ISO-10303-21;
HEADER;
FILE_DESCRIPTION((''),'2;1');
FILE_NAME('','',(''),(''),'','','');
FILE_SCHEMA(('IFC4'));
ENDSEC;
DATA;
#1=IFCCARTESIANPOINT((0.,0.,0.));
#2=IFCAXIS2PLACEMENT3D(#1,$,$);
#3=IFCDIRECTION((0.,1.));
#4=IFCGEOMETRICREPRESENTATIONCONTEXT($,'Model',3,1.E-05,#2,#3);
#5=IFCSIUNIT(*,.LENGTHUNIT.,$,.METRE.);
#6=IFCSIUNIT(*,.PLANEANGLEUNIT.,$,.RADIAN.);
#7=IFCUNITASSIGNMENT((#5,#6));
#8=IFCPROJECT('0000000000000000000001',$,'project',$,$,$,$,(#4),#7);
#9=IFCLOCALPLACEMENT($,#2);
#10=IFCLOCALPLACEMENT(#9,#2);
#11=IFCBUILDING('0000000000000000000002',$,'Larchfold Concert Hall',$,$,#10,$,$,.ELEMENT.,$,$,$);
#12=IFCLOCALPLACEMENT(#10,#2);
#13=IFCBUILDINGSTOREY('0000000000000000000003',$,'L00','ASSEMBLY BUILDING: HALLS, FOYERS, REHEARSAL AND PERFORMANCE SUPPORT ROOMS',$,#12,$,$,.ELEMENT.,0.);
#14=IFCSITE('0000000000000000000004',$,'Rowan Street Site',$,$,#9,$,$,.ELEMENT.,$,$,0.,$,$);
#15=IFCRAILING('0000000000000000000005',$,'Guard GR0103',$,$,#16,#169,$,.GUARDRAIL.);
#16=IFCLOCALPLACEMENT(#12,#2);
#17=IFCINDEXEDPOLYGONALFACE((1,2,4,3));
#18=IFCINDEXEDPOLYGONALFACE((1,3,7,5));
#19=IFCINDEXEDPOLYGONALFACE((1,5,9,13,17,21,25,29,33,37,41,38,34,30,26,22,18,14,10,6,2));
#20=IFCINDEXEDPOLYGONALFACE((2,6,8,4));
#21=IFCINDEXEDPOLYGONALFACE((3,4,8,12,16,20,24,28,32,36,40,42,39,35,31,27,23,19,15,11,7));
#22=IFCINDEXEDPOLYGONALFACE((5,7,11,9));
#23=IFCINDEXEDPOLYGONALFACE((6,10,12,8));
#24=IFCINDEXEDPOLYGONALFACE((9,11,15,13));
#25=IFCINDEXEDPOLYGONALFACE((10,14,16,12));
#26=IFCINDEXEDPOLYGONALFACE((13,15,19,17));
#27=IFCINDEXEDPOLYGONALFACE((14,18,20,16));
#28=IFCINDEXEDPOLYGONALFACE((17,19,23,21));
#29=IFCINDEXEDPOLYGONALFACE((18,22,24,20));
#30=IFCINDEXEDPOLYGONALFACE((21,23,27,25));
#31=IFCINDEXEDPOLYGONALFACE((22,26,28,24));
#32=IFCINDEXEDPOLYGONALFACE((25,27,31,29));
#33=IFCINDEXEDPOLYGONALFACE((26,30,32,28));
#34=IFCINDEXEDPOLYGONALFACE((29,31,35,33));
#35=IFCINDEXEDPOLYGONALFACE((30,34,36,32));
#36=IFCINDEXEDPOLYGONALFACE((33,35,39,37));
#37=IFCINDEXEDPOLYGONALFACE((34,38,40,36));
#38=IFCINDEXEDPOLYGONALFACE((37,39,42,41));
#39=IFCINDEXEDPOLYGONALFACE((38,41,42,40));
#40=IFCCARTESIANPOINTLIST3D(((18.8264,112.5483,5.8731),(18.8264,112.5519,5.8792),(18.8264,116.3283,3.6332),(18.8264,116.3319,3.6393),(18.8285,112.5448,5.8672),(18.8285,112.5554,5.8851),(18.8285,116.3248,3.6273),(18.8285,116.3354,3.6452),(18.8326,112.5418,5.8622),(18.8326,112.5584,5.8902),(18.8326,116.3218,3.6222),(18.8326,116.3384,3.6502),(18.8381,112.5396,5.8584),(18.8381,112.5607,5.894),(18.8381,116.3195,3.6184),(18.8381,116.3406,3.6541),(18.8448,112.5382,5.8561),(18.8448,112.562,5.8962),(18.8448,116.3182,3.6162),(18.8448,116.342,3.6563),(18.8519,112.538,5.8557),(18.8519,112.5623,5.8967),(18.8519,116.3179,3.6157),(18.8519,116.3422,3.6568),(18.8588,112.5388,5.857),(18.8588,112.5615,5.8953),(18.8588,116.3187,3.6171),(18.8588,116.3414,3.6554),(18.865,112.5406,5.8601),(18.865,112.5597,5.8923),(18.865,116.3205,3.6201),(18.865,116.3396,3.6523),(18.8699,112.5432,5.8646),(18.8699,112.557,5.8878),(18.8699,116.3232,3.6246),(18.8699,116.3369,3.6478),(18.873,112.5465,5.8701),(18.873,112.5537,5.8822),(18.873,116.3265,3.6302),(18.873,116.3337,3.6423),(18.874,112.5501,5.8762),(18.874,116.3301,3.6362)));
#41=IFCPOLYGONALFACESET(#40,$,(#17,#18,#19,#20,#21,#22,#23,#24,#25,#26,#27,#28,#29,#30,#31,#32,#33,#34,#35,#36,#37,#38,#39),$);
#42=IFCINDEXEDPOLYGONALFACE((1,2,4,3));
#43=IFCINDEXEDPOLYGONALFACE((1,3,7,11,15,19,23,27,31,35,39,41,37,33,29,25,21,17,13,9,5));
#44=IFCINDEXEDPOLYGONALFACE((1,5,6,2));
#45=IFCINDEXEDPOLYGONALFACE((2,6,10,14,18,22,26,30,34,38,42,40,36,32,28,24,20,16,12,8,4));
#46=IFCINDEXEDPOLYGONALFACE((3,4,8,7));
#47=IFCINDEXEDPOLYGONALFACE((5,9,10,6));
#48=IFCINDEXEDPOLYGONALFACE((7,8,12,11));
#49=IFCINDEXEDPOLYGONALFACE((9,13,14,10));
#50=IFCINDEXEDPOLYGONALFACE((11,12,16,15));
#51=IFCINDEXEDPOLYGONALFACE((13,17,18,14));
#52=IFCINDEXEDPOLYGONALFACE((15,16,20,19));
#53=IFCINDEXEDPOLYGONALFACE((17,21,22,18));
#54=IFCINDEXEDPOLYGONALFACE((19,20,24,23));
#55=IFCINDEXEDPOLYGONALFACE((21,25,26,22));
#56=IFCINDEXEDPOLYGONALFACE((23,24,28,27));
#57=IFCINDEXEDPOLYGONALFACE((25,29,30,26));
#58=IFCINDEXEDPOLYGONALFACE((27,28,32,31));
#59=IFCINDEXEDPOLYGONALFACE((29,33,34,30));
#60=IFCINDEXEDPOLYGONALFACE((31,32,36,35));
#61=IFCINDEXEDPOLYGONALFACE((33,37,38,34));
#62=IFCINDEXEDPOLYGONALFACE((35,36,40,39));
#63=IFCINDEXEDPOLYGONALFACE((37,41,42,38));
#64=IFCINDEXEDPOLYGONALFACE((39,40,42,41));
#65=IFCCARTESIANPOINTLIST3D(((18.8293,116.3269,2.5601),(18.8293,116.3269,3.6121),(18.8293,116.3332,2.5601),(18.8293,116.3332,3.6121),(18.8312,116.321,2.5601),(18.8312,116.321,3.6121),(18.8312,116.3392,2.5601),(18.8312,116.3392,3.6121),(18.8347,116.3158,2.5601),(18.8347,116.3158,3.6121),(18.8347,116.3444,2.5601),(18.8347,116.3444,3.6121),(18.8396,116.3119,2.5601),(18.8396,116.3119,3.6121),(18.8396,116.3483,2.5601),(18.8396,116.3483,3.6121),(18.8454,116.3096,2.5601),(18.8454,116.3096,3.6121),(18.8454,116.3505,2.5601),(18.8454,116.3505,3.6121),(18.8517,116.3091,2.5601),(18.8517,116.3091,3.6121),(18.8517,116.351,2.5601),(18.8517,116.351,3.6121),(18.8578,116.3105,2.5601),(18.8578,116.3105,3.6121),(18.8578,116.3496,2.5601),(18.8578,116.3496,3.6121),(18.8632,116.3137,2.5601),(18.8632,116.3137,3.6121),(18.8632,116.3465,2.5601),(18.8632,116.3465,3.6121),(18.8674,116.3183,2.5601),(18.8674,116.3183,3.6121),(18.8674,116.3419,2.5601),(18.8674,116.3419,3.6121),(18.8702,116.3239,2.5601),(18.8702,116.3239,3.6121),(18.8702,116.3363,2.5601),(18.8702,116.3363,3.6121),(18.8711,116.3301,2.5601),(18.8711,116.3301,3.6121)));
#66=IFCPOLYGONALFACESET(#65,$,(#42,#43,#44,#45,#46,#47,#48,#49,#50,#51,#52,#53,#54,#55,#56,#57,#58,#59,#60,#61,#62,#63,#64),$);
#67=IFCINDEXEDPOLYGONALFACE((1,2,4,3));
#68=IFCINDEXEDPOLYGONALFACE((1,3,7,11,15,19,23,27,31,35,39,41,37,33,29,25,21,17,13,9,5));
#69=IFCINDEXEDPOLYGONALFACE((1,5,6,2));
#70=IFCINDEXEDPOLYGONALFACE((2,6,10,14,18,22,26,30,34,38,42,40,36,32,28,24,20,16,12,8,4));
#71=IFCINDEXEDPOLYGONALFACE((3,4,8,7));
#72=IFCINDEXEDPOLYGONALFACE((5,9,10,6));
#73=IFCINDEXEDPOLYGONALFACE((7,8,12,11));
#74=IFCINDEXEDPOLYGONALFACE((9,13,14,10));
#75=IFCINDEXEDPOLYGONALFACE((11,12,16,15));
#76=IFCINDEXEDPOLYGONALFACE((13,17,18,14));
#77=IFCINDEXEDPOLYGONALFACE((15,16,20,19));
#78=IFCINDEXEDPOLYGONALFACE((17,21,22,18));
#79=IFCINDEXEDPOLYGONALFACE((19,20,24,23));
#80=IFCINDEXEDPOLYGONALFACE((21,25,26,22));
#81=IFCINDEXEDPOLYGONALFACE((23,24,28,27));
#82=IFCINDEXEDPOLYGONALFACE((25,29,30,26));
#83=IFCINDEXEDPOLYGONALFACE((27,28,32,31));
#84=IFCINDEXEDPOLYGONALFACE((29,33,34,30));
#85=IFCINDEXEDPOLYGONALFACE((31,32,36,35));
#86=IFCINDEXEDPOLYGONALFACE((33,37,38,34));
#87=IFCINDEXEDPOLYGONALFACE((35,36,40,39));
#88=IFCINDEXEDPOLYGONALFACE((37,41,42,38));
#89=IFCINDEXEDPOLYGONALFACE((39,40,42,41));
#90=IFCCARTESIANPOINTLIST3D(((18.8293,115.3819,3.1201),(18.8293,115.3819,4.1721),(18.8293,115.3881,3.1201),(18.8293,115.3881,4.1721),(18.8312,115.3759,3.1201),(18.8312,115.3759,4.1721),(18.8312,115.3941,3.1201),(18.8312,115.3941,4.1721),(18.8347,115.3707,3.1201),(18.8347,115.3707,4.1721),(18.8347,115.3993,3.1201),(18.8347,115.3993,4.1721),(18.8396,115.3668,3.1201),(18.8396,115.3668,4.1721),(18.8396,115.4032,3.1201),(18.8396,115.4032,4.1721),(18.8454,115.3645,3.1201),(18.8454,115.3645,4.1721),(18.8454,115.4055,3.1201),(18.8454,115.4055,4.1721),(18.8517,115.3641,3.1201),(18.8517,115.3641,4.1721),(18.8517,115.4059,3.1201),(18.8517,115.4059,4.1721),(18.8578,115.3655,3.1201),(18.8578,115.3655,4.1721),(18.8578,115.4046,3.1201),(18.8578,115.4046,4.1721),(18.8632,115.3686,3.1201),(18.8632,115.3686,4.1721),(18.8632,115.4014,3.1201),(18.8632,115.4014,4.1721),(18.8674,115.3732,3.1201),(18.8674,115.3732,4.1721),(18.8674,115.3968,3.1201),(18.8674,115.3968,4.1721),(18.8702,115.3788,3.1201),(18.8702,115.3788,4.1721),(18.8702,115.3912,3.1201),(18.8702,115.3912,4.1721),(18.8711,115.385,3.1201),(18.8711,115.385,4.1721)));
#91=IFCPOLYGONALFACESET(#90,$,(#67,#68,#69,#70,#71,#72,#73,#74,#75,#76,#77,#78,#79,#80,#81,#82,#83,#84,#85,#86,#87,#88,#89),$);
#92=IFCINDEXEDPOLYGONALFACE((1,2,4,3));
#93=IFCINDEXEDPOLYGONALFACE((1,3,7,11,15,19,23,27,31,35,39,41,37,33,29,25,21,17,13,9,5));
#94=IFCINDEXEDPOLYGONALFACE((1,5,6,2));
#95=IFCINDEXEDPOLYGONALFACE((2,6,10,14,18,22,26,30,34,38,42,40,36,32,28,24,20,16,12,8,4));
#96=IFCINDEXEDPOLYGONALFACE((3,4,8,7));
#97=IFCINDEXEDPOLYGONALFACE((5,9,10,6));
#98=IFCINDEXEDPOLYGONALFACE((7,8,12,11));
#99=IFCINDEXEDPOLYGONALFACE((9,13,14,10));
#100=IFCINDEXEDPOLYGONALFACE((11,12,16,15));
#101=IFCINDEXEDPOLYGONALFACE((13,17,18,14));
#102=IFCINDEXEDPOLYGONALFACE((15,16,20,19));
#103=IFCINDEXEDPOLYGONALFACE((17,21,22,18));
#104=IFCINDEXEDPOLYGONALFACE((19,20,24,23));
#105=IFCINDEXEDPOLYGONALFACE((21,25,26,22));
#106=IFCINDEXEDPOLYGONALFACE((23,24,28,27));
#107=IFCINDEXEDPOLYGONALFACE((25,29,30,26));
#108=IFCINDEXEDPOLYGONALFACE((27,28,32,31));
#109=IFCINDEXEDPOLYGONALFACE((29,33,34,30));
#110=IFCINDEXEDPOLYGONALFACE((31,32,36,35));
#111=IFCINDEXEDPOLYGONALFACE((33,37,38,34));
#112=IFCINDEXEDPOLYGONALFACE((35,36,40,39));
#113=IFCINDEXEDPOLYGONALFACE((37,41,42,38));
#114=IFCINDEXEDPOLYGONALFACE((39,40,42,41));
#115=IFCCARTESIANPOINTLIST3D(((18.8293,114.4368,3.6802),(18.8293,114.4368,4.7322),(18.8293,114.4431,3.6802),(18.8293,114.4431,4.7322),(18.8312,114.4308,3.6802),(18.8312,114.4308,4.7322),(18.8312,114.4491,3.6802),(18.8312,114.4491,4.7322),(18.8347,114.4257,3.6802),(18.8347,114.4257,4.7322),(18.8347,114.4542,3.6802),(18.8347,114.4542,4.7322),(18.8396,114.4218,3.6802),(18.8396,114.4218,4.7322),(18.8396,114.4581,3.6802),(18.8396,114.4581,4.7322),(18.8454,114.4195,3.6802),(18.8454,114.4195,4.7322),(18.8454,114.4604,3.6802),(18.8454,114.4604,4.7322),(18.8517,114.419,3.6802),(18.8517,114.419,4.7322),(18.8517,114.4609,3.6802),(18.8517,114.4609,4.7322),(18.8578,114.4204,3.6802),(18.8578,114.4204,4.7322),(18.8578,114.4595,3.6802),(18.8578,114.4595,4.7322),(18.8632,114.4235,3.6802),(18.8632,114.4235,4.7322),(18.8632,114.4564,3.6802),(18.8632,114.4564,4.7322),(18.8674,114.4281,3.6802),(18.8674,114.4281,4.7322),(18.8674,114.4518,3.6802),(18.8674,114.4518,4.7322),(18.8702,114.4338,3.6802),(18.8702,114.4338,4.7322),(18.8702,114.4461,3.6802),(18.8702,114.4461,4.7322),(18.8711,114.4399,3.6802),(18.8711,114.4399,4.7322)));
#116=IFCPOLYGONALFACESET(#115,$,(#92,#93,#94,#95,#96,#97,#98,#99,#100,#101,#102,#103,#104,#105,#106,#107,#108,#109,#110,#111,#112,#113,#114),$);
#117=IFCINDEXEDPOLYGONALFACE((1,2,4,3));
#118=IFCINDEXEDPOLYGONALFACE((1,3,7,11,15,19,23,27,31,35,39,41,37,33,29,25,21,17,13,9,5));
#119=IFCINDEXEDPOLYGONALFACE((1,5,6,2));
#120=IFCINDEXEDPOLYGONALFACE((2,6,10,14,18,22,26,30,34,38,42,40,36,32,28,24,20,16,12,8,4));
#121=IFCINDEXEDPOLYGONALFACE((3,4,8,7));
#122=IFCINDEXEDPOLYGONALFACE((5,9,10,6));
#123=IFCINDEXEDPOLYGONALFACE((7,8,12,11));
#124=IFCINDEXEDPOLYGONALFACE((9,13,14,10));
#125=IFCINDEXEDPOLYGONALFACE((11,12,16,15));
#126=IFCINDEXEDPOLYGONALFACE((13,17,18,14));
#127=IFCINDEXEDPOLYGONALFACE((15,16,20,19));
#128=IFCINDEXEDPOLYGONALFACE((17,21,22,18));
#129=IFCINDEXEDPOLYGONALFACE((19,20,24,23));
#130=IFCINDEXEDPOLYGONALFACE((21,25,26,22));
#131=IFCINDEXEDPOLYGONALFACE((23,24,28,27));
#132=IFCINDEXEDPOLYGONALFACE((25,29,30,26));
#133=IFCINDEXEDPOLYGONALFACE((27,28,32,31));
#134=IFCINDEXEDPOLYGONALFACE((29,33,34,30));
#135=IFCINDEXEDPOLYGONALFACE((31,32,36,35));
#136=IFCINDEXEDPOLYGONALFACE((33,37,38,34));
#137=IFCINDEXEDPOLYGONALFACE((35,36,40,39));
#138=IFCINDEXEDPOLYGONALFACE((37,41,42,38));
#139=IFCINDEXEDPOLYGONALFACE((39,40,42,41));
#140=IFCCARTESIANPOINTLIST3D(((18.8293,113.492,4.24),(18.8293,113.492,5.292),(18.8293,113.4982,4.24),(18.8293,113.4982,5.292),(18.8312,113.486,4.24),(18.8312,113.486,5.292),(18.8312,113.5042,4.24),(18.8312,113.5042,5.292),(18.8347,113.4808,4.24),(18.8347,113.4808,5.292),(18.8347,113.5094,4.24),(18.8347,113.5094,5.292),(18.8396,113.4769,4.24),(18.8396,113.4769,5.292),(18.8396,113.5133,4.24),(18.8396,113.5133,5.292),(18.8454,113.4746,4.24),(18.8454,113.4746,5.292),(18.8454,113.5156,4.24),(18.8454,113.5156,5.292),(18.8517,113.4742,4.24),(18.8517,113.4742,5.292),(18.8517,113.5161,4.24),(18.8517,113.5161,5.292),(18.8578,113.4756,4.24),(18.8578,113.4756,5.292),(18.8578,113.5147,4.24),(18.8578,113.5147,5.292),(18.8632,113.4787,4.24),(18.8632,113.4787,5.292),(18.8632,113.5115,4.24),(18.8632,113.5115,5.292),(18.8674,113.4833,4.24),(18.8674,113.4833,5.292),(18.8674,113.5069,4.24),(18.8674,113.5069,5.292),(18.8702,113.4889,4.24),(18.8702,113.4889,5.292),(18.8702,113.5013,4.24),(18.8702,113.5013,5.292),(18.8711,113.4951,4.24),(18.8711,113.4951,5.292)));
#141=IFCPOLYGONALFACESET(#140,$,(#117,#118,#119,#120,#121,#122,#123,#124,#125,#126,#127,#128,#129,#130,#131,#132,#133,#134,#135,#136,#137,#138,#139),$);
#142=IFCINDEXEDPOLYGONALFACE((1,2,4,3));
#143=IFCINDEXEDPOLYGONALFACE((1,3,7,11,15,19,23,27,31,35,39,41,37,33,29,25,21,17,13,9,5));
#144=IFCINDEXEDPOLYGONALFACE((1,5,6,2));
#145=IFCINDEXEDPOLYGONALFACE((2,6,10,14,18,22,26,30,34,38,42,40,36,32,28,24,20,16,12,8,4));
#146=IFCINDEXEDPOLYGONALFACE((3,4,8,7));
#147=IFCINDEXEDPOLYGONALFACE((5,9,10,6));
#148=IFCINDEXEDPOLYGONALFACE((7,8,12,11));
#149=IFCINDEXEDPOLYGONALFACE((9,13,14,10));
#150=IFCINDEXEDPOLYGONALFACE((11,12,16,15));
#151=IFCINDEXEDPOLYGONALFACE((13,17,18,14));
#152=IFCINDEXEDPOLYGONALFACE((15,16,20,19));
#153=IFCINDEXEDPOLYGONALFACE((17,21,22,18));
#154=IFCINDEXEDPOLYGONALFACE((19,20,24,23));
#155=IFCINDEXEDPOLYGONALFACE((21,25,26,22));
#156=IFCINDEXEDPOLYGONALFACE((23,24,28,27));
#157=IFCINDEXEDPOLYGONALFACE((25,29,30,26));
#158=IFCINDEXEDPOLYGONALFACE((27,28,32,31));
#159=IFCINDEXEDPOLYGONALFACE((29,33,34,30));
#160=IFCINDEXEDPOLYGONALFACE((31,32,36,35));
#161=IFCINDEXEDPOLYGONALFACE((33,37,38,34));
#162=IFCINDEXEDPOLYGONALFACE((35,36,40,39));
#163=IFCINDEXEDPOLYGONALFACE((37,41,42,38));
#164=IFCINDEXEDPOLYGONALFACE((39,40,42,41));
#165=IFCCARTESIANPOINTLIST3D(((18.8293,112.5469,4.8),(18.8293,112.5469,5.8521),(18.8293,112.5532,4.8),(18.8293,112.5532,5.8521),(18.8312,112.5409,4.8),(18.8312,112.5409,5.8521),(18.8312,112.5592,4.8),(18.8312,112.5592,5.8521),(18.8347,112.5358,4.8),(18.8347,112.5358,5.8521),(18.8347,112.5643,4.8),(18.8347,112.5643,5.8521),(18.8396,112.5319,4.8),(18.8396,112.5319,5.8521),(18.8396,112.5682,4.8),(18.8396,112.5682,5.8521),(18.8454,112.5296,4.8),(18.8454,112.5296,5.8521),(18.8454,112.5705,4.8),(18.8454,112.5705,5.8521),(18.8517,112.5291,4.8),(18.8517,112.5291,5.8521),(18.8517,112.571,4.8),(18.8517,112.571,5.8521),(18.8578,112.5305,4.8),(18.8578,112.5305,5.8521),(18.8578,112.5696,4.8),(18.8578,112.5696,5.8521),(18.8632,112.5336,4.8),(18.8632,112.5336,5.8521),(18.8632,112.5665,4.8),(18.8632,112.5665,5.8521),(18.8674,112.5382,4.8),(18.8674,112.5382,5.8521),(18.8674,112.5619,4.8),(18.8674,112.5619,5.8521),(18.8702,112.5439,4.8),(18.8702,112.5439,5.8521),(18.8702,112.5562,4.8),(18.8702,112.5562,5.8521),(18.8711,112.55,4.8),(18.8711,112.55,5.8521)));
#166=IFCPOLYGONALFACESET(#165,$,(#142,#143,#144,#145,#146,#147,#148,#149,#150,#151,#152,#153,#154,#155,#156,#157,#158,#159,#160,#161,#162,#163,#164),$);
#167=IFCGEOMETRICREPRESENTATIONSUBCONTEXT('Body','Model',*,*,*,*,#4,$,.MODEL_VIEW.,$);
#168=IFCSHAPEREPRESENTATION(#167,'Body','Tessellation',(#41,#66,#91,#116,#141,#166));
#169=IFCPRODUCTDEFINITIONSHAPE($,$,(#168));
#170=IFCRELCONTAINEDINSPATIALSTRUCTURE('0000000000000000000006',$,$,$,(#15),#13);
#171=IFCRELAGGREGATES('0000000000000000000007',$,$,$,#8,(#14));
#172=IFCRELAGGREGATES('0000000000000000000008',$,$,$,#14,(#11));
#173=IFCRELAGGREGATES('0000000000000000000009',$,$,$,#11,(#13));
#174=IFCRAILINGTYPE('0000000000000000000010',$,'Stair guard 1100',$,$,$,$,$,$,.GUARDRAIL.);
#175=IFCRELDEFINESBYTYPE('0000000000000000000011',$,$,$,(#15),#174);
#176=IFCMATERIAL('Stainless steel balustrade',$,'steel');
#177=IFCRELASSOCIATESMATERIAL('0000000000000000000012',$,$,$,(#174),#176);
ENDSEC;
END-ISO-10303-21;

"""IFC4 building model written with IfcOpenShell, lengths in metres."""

from ifc_helpers import new_model, si_unit, direction, frame, origin, origin_2d, place, context, subcontext, project, spatial, circle, extrude, material, type_object, element, save


model = new_model("IFC4")

# Units and contexts
model_context = context("Model", 3, precision=1e-05, world=origin(), true_north=direction((0.0, 1.0)))
body_context = subcontext(model_context, "Body", "Model", "MODEL_VIEW")
ifc_project = project(units=[si_unit("LENGTHUNIT", "METRE"), si_unit("PLANEANGLEUNIT", "RADIAN")], contexts=[model_context])

# Site, building, storey
site_placement = place(None, origin())
site = spatial("IfcSite", under=ifc_project, at=site_placement, Name="Rowan Street Site", CompositionType="ELEMENT", RefElevation=0.0)
building_placement = place(site_placement, origin())
building = spatial("IfcBuilding", under=site, at=building_placement, Name="Larchfold Concert Hall", CompositionType="ELEMENT")
storey_placement = place(building_placement, origin())
storey = spatial("IfcBuildingStorey", under=building, at=storey_placement, Name="L00", Description="ASSEMBLY BUILDING: HALLS, FOYERS, REHEARSAL AND PERFORMANCE SUPPORT ROOMS", CompositionType="ELEMENT", Elevation=0.0)

# Railing
ifc_material_1 = material(Name="Stainless steel balustrade", Category="steel")
railing_type_1 = type_object("IfcRailingType", Name="Stair guard 1100", PredefinedType="GUARDRAIL", material=ifc_material_1)
railing_1_placement = place(storey_placement, frame((18.8501, 116.3301, 2.5601)))
element("IfcRailing", 1, at=railing_1_placement, inside=storey, type_object=railing_type_1, Name="Guard GR0103", PredefinedType="GUARDRAIL", context=body_context, shape_type="SweptSolid", body=[
    extrude(circle(Radius=0.0239, at=origin_2d()), frame((0.0, 0.0, 1.0762), z_axis=(0.0, -0.860294, 0.509798), x_axis=(1.0, 0.0, 0.0)), (0.0, 0.0, 1.0), 4.3938),
    extrude(circle(Radius=0.021, at=origin_2d()), origin(), (0.0, 0.0, 1.0), 1.052),
    extrude(circle(Radius=0.021, at=origin_2d()), frame((0.0, -0.9451, 0.5601)), (0.0, 0.0, 1.0), 1.052),
    extrude(circle(Radius=0.021, at=origin_2d()), frame((0.0, -1.8901, 1.1201)), (0.0, 0.0, 1.0), 1.052),
    extrude(circle(Radius=0.021, at=origin_2d()), frame((0.0, -2.835, 1.6799)), (0.0, 0.0, 1.0), 1.052),
    extrude(circle(Radius=0.021, at=origin_2d()), frame((0.0, -3.78, 2.24)), (0.0, 0.0, 1.0), 1.052),
])

save(model, "model.ifc")
